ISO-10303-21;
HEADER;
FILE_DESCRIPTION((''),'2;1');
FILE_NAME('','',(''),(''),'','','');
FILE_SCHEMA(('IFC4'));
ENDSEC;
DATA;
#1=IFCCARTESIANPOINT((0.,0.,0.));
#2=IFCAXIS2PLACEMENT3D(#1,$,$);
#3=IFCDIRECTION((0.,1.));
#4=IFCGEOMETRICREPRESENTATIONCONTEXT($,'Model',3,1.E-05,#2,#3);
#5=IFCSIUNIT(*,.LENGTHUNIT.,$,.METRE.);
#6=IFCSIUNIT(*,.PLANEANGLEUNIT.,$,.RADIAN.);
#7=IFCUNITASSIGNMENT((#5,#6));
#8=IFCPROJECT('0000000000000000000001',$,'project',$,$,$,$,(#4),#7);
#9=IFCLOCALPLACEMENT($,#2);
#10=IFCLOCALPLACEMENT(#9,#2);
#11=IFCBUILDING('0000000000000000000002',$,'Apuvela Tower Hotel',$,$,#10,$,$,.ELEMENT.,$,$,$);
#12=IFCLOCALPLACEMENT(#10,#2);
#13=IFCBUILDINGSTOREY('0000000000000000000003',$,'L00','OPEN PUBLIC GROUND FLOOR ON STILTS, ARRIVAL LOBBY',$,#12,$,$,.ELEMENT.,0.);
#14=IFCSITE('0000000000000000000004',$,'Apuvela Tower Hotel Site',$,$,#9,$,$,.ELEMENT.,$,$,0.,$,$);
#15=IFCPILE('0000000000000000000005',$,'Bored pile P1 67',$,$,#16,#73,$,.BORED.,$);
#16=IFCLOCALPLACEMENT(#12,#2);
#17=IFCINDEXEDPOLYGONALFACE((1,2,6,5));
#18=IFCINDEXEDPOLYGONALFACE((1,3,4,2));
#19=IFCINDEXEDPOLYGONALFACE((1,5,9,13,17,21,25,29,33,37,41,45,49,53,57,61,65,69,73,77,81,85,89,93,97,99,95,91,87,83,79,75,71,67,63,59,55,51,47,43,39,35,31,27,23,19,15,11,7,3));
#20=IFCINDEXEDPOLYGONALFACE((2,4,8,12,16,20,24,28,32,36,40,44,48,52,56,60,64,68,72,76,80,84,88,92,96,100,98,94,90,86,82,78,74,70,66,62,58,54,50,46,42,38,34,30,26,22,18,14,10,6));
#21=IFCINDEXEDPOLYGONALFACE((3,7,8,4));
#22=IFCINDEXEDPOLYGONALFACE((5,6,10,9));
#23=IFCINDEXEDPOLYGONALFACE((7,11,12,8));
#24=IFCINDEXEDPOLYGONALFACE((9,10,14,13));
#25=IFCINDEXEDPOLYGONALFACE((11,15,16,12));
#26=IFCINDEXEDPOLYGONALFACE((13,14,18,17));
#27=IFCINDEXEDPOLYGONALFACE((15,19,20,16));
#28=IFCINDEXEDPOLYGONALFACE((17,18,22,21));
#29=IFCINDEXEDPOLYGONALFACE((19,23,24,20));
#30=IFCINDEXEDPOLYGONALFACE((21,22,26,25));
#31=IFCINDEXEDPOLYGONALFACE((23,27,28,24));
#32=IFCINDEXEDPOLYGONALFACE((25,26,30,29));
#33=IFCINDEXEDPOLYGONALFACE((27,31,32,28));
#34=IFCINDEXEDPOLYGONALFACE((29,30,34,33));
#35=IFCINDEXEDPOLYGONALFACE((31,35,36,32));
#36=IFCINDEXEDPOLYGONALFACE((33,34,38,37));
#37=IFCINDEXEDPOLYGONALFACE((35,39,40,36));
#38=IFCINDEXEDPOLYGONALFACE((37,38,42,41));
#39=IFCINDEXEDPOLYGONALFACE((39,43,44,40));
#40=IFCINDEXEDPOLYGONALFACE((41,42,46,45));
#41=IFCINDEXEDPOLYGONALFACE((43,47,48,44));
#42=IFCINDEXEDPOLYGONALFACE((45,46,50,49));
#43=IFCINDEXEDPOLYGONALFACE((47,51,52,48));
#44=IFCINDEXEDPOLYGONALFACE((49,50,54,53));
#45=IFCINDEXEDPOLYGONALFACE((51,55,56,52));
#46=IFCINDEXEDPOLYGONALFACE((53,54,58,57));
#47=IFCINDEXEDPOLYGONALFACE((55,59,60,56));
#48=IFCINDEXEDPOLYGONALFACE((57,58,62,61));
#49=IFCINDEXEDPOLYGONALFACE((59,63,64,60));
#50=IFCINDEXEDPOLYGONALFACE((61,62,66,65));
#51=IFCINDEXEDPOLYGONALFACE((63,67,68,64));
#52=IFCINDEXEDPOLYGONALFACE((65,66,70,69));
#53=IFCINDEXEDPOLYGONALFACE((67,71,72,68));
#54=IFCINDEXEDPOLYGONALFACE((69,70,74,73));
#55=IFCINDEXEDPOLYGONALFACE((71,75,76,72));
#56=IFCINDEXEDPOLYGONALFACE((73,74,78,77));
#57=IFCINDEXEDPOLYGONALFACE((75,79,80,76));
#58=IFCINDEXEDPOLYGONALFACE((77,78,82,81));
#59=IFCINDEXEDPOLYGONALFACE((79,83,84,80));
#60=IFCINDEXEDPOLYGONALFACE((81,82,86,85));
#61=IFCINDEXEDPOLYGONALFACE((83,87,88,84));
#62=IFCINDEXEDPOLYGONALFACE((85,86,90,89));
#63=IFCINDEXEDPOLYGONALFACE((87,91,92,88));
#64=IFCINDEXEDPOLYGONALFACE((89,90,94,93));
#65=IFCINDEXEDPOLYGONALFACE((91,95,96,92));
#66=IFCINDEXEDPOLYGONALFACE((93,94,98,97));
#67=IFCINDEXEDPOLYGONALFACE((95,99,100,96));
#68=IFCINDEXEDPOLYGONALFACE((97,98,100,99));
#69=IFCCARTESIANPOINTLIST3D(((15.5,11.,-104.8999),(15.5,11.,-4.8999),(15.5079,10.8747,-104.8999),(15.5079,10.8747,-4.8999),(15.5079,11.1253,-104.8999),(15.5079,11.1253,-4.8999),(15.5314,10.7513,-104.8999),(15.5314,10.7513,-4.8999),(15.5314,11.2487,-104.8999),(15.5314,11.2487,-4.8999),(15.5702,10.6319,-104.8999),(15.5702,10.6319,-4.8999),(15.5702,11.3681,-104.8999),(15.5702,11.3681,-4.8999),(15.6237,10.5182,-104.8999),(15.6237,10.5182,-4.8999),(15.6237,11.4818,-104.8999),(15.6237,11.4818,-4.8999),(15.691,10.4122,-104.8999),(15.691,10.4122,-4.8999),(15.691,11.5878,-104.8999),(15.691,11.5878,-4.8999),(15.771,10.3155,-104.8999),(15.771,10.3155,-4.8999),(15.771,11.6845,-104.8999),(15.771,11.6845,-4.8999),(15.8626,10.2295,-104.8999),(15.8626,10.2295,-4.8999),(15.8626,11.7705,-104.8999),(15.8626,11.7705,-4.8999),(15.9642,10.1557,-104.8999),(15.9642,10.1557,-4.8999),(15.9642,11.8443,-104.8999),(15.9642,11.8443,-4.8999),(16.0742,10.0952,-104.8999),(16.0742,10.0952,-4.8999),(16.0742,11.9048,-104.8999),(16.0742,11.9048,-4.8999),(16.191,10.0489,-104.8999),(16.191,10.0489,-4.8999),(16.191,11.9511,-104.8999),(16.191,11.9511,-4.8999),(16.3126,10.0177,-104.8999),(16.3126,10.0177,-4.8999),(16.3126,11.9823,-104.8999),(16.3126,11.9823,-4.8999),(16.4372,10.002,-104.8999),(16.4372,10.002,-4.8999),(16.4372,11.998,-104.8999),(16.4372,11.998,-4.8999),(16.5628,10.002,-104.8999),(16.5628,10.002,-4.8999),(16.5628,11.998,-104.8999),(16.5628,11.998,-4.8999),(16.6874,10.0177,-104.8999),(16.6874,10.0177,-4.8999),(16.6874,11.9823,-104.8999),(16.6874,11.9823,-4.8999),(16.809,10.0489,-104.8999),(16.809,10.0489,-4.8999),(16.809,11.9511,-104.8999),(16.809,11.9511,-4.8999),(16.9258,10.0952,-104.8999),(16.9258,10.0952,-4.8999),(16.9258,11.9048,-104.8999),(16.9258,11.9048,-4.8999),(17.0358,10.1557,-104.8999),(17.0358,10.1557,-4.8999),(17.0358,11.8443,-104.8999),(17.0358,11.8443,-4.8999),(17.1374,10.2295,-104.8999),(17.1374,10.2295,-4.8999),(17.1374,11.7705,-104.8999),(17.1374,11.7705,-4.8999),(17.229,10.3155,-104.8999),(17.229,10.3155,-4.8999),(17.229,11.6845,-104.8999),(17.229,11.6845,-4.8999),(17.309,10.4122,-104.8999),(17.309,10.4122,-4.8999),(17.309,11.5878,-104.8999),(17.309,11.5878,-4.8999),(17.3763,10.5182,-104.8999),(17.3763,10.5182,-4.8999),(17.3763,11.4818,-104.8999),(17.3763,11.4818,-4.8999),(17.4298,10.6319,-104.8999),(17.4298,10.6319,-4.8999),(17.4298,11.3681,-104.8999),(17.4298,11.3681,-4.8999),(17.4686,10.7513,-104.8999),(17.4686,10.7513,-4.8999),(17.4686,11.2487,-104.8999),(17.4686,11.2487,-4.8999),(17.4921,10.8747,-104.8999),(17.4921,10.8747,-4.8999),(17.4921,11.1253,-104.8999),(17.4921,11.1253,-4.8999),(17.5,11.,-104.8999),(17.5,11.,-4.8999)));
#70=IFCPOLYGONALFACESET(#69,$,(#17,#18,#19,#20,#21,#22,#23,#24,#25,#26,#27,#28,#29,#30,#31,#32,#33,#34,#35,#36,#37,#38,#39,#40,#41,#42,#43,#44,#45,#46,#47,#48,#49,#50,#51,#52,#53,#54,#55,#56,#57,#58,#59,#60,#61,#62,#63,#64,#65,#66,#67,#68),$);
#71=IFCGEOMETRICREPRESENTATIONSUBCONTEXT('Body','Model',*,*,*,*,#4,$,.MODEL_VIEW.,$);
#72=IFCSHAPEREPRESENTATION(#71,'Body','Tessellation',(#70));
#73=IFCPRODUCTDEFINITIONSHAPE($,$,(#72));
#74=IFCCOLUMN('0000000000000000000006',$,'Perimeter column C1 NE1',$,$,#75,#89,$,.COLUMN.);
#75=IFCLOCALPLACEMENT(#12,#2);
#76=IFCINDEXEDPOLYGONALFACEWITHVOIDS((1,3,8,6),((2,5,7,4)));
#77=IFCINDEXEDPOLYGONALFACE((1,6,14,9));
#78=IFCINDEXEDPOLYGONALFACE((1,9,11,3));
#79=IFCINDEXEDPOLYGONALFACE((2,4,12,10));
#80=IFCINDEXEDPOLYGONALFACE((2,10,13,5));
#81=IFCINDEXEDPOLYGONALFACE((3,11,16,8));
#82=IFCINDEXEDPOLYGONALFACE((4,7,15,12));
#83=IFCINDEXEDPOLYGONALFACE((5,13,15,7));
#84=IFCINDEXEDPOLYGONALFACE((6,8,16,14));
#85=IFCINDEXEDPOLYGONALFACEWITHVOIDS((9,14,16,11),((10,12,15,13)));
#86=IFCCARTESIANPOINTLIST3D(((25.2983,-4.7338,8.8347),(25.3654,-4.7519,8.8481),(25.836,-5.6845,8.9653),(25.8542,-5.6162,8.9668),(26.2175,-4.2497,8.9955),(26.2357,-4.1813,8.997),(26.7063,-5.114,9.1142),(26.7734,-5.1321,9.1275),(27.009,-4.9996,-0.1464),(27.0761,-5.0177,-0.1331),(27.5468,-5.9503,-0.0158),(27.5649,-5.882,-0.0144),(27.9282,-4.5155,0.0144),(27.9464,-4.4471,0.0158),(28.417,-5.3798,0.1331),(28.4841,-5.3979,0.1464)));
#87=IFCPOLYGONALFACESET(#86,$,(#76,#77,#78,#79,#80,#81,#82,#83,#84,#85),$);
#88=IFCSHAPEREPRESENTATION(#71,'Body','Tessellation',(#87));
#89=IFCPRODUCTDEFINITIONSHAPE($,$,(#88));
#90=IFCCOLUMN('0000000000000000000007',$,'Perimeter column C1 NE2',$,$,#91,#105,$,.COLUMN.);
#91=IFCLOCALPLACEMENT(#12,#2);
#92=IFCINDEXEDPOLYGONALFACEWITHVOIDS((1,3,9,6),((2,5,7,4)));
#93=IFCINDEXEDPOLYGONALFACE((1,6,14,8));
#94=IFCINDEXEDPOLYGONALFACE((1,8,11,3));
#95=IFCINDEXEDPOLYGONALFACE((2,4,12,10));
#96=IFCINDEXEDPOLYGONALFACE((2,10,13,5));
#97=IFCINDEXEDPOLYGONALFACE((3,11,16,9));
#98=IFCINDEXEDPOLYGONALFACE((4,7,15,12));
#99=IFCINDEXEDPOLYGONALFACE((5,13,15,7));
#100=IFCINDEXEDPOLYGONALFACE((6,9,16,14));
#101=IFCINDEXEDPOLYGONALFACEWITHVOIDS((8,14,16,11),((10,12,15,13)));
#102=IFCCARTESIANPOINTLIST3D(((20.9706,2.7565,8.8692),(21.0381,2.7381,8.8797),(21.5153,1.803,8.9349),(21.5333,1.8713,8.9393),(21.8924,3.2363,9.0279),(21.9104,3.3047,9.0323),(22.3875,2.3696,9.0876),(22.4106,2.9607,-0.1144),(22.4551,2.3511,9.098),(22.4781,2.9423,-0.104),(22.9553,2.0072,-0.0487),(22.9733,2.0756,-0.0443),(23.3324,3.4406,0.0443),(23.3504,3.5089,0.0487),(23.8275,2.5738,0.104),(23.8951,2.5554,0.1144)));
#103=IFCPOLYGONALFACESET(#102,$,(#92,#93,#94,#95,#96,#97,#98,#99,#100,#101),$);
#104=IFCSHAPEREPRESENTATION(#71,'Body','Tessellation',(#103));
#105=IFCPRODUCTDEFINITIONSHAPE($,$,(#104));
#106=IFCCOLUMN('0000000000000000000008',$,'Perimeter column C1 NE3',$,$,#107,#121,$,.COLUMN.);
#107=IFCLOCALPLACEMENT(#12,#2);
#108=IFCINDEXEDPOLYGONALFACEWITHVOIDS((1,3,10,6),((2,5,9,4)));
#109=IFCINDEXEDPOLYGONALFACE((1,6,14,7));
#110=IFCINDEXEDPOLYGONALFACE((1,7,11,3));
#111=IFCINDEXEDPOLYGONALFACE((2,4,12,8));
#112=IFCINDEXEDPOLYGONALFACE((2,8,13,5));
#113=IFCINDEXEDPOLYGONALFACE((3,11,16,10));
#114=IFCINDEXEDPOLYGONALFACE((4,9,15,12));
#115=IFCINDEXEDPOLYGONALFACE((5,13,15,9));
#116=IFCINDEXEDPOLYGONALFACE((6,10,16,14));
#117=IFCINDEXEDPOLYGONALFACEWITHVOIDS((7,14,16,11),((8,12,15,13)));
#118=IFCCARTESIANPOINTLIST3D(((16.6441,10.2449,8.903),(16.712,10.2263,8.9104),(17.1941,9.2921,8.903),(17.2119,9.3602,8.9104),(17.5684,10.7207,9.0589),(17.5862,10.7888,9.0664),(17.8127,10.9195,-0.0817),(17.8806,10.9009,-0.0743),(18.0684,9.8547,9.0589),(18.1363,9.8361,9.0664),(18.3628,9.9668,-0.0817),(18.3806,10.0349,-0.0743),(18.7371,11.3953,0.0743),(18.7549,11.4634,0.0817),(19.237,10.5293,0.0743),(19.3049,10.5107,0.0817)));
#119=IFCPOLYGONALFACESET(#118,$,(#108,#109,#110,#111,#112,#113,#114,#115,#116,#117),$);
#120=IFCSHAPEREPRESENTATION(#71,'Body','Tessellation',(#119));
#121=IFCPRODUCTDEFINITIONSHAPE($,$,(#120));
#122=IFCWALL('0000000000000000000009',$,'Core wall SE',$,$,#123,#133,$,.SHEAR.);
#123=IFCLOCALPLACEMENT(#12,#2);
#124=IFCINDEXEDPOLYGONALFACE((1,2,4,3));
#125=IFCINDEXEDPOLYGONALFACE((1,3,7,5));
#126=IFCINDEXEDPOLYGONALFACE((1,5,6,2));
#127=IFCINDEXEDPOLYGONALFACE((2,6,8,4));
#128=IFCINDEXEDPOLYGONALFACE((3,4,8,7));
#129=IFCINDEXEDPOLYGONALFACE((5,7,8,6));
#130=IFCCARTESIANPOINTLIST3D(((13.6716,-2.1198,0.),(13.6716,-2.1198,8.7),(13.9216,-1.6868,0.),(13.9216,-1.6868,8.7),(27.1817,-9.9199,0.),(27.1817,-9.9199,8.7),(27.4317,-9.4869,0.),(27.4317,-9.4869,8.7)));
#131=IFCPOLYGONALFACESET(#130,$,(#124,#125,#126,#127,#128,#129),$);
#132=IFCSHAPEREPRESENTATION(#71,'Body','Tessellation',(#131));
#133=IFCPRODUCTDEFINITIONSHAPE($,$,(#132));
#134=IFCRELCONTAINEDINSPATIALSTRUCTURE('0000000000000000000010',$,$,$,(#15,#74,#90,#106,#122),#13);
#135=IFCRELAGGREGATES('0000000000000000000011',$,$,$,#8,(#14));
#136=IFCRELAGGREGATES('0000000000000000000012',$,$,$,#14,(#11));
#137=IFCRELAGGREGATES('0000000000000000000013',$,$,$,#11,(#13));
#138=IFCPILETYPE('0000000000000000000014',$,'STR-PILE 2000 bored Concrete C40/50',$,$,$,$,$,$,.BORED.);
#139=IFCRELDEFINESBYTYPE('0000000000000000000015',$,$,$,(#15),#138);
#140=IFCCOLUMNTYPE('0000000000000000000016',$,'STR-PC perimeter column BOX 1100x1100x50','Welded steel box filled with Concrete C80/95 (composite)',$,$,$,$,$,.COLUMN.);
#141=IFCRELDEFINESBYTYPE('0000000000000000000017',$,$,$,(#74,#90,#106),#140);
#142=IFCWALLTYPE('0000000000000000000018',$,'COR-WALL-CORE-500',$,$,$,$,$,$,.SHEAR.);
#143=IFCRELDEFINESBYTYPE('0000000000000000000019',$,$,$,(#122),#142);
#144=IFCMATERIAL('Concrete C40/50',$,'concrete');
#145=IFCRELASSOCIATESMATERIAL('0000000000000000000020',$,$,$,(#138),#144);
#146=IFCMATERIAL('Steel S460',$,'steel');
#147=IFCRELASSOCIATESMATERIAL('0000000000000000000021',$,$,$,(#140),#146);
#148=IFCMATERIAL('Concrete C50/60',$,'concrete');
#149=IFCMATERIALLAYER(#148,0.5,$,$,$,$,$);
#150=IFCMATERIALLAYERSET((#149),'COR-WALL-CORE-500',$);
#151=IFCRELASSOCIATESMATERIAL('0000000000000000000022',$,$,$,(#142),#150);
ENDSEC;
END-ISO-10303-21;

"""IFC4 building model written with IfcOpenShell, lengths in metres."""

from ifc_helpers import new_model, si_unit, direction, frame, frame_2d, origin, origin_2d, place, context, subcontext, project, spatial, rectangle, hollow_rectangle, circle, extrude, boolean, halfspace, material, layer, layer_set, material_profile, profile_set, type_object, element, save


model = new_model("IFC4")

# Units and contexts
model_context = context("Model", 3, precision=1e-05, world=origin(), true_north=direction((0.0, 1.0)))
body_context = subcontext(model_context, "Body", "Model", "MODEL_VIEW")
ifc_project = project(units=[si_unit("LENGTHUNIT", "METRE"), si_unit("PLANEANGLEUNIT", "RADIAN")], contexts=[model_context])

# Site, building, storey
site_placement = place(None, origin())
site = spatial("IfcSite", under=ifc_project, at=site_placement, Name="Apuvela Tower Hotel Site", CompositionType="ELEMENT", RefElevation=0.0)
building_placement = place(site_placement, origin())
building = spatial("IfcBuilding", under=site, at=building_placement, Name="Apuvela Tower Hotel", CompositionType="ELEMENT")
storey_placement = place(building_placement, origin())
storey = spatial("IfcBuildingStorey", under=building, at=storey_placement, Name="L00", Description="OPEN PUBLIC GROUND FLOOR ON STILTS, ARRIVAL LOBBY", CompositionType="ELEMENT", Elevation=0.0)

# Pile
ifc_material_1 = material(Name="Concrete C40/50", Category="concrete")
ifc_material_profile_1 = material_profile(ifc_material_1, circle(Radius=1.0, at=origin_2d()), Name="PILE 2000")
ifc_profile_set_1 = profile_set([ifc_material_profile_1], Name="Concrete C40/50")
pile_type = type_object("IfcPileType", Name="STR-PILE 2000 bored Concrete C40/50", PredefinedType="BORED", material=ifc_profile_set_1)
for number, where, z_axis, x_axis, name in (
    (1, (16.5, 11.0, -4.8999), (0.0, 0.0, -1.0), (1.0, 0.0, 0.0), "Bored pile P1 67"),
):
    element("IfcPile", number, at=place(storey_placement, frame(where, z_axis=z_axis, x_axis=x_axis)), inside=storey, type_object=pile_type, Name=name, PredefinedType="BORED", context=body_context, shape_type="SweptSolid", body=[
        extrude(circle(Radius=1.0, at=origin_2d()), origin(), (0.0, 0.0, 1.0), 100.0),
    ])

# Columns
ifc_material_2 = material(Name="Steel S460", Category="steel")
ifc_material_profile_2 = material_profile(ifc_material_2, hollow_rectangle(XDim=1.1001, YDim=1.1001, WallThickness=0.05, at=origin_2d()), Name="BOX 1100x1100x50")
ifc_material_3 = material(Name="Concrete C80/95", Category="concrete")
ifc_material_profile_3 = material_profile(ifc_material_3, rectangle(XDim=1.0, YDim=1.0, at=origin_2d()), Name="Concrete C80/95 infill")
ifc_profile_set_2 = profile_set([ifc_material_profile_2, ifc_material_profile_3], Name="Steel S460")
column_type = type_object("IfcColumnType", Name="STR-PC perimeter column BOX 1100x1100x50", Description="Welded steel box filled with Concrete C80/95 (composite)", PredefinedType="COLUMN", material=ifc_profile_set_2)
column_1_placement = place(storey_placement, frame((27.7466, -5.1987, 0.0), z_axis=(-0.18704, 0.02906, 0.981922), x_axis=(0.488808, -0.86428, 0.118689)))
element("IfcColumn", 2, at=column_1_placement, inside=storey, type_object=column_type, Name="Perimeter column C1 NE1", PredefinedType="COLUMN", context=body_context, shape_type="SweptSolid", body=[
    boolean("DIFFERENCE", extrude(hollow_rectangle(XDim=1.1001, YDim=1.1001, WallThickness=0.05, at=origin_2d()), origin(), (0.0, 0.0, 1.0), 9.1658), halfspace(frame((0.0, 0.0, 9.1465), z_axis=(0.0, 0.0, 1.0), x_axis=(1.0, 0.0, 0.0)), False)),
])
column_2_placement = place(storey_placement, frame((23.1528, 2.7581, 0.0), z_axis=(-0.158232, -0.02244, 0.987147), x_axis=(0.495169, -0.866745, 0.059669)))
element("IfcColumn", 3, at=column_2_placement, inside=storey, type_object=column_type, Name="Perimeter column C1 NE2", PredefinedType="COLUMN", context=body_context, shape_type="SweptSolid", body=[
    boolean("DIFFERENCE", extrude(hollow_rectangle(XDim=1.1001, YDim=1.1001, WallThickness=0.05, at=origin_2d()), origin(), (0.0, 0.0, 1.0), 9.1172), halfspace(frame((0.0, 0.0, 9.1006), z_axis=(0.0, 0.0, 1.0), x_axis=(1.0, 0.0, 0.0)), False)),
])
column_3_placement = place(storey_placement, frame((18.5588, 10.7151, 0.0), z_axis=(-0.12863, -0.074254, 0.988909), x_axis=(0.499976, -0.866039, 0.000005)))
element("IfcColumn", 4, at=column_3_placement, inside=storey, type_object=column_type, Name="Perimeter column C1 NE3", PredefinedType="COLUMN", context=body_context, shape_type="SweptSolid", body=[
    boolean("DIFFERENCE", extrude(hollow_rectangle(XDim=1.1001, YDim=1.1001, WallThickness=0.05, at=origin_2d()), origin(), (0.0, 0.0, 1.0), 9.1008), halfspace(frame((0.0, 0.0, 9.0854), z_axis=(0.0, 0.0, 1.0), x_axis=(1.0, 0.0, 0.0)), False)),
])

# Wall
ifc_material_4 = material(Name="Concrete C50/60", Category="concrete")
ifc_layer_1 = layer(ifc_material_4, 0.5)
ifc_layer_set_1 = layer_set([ifc_layer_1], Name="COR-WALL-CORE-500")
wall_type_1 = type_object("IfcWallType", Name="COR-WALL-CORE-500", PredefinedType="SHEAR", material=ifc_layer_set_1)
wall_1_placement = place(storey_placement, frame((13.7966, -1.9033, 0.0), z_axis=(0.0, 0.0, 1.0), x_axis=(0.866024, -0.500002, 0.0)))
element("IfcWall", 5, at=wall_1_placement, inside=storey, type_object=wall_type_1, Name="Core wall SE", PredefinedType="SHEAR", context=body_context, shape_type="SweptSolid", body=[
    extrude(rectangle(XDim=15.6001, YDim=0.5, at=frame_2d((7.8, 0.0))), origin(), (0.0, 0.0, 1.0), 8.7),
])

save(model, "model.ifc")
